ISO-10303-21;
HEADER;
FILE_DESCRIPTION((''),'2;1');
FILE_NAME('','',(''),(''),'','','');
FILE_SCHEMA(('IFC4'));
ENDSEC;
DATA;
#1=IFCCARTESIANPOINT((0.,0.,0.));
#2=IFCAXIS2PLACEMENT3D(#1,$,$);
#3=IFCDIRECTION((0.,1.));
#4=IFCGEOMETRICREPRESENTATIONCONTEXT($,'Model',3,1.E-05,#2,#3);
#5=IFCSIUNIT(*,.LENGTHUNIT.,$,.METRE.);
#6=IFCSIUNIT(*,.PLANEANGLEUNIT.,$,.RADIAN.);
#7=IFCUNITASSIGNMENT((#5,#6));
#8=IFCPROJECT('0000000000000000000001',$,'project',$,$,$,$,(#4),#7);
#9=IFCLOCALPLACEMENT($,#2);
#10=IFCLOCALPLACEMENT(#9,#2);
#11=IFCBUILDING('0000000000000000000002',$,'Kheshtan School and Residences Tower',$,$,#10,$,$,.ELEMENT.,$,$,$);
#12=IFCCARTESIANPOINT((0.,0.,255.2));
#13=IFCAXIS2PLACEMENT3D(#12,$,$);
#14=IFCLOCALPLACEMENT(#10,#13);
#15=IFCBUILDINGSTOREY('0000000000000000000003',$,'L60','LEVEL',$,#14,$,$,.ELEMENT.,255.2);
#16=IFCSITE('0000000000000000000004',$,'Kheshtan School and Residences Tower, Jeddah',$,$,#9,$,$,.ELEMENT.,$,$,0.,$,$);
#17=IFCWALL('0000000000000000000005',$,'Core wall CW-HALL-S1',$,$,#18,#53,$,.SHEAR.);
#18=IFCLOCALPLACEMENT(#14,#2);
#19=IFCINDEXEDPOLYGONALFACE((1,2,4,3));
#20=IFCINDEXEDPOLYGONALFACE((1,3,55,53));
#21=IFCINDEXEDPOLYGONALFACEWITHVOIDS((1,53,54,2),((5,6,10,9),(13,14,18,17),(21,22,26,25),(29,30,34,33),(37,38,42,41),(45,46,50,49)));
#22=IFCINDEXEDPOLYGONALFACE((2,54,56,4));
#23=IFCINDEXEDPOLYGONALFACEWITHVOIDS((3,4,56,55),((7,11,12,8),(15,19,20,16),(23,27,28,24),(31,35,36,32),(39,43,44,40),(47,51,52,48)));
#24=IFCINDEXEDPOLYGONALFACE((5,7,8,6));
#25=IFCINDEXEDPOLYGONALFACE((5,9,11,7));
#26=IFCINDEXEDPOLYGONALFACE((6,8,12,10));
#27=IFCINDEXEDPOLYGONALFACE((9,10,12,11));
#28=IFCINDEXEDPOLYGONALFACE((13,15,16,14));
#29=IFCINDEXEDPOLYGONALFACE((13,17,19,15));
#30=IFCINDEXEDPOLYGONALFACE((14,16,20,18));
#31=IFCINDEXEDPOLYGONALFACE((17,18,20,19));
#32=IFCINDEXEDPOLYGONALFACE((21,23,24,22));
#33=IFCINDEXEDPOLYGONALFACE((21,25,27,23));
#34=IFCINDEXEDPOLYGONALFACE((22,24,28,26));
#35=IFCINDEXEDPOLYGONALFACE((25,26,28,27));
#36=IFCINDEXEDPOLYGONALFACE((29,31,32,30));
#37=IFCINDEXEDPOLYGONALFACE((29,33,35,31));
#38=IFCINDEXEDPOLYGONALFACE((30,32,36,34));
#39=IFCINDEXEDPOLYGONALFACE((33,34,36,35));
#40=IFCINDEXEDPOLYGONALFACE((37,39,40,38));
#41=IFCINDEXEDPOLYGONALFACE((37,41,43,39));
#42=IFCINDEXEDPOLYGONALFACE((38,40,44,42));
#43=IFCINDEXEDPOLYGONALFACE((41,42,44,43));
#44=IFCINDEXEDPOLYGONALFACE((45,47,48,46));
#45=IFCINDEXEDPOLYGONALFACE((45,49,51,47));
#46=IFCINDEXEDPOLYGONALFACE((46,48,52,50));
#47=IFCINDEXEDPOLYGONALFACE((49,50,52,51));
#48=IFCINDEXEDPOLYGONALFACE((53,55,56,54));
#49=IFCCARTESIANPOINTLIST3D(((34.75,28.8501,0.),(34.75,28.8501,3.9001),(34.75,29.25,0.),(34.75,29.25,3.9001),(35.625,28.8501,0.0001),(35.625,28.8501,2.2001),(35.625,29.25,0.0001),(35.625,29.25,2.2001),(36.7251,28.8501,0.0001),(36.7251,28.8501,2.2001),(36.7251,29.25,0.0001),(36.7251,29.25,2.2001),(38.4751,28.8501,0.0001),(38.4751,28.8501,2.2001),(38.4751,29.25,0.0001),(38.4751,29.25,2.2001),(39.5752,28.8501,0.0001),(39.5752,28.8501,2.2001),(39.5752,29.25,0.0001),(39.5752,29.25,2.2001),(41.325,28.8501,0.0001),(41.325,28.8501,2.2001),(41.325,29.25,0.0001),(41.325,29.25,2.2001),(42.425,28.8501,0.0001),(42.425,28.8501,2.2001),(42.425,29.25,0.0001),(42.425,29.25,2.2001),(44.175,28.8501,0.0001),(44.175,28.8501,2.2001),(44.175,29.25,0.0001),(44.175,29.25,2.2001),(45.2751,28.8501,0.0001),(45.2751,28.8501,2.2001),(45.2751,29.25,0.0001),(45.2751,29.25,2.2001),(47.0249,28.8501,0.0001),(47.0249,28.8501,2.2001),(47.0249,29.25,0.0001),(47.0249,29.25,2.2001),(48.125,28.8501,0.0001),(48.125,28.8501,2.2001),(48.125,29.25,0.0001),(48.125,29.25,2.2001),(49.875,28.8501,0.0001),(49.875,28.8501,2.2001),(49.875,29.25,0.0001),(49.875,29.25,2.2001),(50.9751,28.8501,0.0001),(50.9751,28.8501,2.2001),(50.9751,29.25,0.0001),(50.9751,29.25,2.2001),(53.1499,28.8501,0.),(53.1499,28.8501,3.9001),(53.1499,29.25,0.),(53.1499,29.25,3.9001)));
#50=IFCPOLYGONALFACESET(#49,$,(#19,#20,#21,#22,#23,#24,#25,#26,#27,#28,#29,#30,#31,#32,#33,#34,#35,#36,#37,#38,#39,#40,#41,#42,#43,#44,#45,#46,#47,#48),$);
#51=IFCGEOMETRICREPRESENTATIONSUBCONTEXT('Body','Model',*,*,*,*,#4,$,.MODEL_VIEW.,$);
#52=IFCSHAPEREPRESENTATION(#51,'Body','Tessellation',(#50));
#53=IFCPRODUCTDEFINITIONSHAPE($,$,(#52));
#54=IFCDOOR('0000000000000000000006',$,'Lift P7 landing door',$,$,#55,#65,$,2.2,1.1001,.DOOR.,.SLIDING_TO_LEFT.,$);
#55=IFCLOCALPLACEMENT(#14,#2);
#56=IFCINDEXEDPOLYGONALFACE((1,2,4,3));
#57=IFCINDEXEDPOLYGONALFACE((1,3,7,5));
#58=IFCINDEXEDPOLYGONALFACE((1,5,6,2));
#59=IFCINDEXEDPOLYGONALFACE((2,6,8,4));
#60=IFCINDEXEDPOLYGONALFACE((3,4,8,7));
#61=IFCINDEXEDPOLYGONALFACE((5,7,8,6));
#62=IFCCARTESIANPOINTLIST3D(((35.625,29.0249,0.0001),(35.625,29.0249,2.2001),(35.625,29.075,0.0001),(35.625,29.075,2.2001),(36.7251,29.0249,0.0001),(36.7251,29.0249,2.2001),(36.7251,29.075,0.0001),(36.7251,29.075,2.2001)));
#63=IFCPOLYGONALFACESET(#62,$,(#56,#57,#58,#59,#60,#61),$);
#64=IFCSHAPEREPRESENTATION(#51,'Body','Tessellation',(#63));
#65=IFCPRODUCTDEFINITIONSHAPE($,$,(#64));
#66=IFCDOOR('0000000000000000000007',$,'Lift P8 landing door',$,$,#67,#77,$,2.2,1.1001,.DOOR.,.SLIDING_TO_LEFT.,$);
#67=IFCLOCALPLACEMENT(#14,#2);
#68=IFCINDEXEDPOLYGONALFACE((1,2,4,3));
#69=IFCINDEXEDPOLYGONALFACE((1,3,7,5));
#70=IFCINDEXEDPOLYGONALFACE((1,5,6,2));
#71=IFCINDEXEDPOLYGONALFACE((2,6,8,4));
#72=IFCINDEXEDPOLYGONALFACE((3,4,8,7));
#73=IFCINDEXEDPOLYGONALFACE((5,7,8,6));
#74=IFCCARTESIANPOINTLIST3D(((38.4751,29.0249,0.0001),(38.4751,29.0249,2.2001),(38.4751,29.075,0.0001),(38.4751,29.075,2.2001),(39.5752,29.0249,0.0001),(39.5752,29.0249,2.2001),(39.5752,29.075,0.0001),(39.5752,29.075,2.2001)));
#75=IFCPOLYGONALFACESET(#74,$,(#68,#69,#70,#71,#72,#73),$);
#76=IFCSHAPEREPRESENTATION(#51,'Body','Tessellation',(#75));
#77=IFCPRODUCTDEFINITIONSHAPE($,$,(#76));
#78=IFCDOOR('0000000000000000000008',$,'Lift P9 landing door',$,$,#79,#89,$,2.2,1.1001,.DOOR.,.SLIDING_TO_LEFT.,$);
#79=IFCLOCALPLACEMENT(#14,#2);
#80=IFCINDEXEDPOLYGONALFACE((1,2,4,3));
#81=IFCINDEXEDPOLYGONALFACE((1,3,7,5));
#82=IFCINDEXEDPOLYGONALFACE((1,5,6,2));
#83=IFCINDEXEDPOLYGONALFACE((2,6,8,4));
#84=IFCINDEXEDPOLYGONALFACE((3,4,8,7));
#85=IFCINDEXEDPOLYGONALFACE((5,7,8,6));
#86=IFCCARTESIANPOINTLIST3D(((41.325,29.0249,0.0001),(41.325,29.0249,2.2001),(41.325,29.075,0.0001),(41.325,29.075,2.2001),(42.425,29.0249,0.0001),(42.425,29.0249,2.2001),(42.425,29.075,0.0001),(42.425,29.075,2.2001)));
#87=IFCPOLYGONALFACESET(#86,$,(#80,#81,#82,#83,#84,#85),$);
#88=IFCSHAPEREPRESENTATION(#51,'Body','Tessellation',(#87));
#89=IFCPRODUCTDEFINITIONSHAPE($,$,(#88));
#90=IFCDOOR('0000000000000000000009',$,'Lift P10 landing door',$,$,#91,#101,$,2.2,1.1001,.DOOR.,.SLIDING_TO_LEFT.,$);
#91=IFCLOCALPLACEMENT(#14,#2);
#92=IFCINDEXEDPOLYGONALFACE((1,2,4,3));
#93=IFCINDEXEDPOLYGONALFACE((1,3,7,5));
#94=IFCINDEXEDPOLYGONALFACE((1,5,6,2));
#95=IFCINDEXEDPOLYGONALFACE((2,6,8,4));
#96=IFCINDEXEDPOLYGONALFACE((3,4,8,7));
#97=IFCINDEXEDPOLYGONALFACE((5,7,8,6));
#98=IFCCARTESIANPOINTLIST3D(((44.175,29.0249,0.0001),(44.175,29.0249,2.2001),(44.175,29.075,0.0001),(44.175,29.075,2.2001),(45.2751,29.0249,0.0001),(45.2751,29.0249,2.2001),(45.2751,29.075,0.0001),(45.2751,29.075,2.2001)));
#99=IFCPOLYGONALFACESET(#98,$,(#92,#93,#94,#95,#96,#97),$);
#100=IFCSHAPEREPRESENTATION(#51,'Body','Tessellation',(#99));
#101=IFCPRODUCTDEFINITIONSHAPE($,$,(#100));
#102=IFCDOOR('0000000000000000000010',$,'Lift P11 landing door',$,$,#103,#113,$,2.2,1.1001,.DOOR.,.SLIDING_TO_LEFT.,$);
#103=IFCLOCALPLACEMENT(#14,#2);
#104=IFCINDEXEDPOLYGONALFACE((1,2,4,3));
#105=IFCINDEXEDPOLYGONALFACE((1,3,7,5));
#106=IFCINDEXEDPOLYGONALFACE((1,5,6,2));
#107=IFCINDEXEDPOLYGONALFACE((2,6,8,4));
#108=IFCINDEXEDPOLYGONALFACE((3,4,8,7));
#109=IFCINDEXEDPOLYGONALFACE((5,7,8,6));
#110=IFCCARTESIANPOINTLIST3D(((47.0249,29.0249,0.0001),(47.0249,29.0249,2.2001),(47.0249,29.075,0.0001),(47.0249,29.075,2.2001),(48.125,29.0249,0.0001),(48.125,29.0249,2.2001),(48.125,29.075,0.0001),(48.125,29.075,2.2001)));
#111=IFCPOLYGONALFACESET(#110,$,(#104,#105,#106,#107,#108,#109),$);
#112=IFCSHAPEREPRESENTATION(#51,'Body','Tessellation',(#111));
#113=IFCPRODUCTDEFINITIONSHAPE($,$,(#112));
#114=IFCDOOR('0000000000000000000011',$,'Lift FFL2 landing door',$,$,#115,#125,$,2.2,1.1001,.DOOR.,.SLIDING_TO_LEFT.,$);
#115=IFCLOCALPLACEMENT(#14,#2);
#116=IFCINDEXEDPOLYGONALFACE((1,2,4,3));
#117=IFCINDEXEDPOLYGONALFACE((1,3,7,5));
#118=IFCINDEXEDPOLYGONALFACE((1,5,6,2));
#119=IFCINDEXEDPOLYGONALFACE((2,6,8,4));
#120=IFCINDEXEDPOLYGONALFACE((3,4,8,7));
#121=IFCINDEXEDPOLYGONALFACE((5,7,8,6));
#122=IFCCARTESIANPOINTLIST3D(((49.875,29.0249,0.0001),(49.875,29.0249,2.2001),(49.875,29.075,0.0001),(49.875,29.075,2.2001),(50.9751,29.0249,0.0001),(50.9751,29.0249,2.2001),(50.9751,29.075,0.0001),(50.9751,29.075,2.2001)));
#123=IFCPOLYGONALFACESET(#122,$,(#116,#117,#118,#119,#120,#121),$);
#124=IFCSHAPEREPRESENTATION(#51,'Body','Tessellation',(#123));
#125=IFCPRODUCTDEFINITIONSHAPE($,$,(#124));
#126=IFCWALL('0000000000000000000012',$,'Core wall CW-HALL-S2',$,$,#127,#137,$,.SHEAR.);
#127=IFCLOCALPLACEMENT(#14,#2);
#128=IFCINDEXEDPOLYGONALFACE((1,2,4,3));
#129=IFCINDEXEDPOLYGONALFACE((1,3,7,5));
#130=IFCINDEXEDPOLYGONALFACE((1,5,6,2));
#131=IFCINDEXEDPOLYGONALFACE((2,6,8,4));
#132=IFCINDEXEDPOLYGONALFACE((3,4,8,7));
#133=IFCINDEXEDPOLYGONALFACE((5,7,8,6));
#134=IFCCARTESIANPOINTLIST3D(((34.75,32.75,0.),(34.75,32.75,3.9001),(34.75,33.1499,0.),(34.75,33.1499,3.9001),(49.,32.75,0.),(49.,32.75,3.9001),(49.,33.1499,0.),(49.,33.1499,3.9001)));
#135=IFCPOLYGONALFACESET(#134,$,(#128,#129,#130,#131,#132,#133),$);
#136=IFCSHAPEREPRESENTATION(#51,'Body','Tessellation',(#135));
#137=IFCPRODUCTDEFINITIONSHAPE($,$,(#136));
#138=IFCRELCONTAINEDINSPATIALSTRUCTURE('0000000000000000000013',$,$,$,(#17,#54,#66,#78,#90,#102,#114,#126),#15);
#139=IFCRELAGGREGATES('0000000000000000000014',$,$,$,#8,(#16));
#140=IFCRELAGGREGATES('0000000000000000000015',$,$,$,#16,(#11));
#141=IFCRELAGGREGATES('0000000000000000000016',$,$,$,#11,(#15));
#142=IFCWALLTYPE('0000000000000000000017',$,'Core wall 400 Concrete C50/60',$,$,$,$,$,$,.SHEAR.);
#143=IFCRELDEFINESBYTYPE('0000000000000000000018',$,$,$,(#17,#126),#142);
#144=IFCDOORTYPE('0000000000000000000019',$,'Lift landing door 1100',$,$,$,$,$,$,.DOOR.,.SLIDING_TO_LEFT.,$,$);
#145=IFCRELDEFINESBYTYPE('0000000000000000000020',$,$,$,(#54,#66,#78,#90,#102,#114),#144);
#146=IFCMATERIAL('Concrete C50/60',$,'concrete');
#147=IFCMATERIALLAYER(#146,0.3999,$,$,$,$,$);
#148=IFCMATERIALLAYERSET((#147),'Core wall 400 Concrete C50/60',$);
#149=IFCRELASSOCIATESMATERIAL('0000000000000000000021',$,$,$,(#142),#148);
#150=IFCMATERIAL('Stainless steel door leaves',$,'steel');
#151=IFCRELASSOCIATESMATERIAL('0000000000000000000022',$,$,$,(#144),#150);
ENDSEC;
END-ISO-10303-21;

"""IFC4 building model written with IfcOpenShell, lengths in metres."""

from ifc_helpers import new_model, si_unit, direction, frame, frame_2d, origin, place, context, subcontext, project, spatial, rectangle, extrude, source, transform, mapped, material, layer, layer_set, type_object, element, fill, save


model = new_model("IFC4")

# Units and contexts
model_context = context("Model", 3, precision=1e-05, world=origin(), true_north=direction((0.0, 1.0)))
body_context = subcontext(model_context, "Body", "Model", "MODEL_VIEW")
ifc_project = project(units=[si_unit("LENGTHUNIT", "METRE"), si_unit("PLANEANGLEUNIT", "RADIAN")], contexts=[model_context])

# Site, building, storey
site_placement = place(None, origin())
site = spatial("IfcSite", under=ifc_project, at=site_placement, Name="Kheshtan School and Residences Tower, Jeddah", CompositionType="ELEMENT", RefElevation=0.0)
building_placement = place(site_placement, origin())
building = spatial("IfcBuilding", under=site, at=building_placement, Name="Kheshtan School and Residences Tower", CompositionType="ELEMENT")
storey_placement = place(building_placement, frame((0.0, 0.0, 255.2)))
storey = spatial("IfcBuildingStorey", under=building, at=storey_placement, Name="L60", Description="LEVEL", CompositionType="ELEMENT", Elevation=255.2)

# Wall, openings, doors
ifc_material_1 = material(Name="Concrete C50/60", Category="concrete")
ifc_layer_1 = layer(ifc_material_1, 0.3999)
ifc_layer_set_1 = layer_set([ifc_layer_1], Name="Core wall 400 Concrete C50/60")
wall_type_1 = type_object("IfcWallType", Name="Core wall 400 Concrete C50/60", PredefinedType="SHEAR", material=ifc_layer_set_1)
wall_1_placement = place(storey_placement, frame((34.75, 29.05, 0.0), z_axis=(0.0, 0.0, 1.0), x_axis=(1.0, 0.0, 0.0)))
wall_1 = element("IfcWall", 1, at=wall_1_placement, inside=storey, type_object=wall_type_1, Name="Core wall CW-HALL-S1", PredefinedType="SHEAR", context=body_context, shape_type="SweptSolid", body=[
    extrude(rectangle(XDim=18.3999, YDim=0.3999, at=frame_2d((9.2, 0.0))), origin(), (0.0, 0.0, 1.0), 3.9001),
])
opening_1_placement = place(wall_1_placement, frame((0.875, 0.0, 0.0)))
opening_1 = element("IfcOpeningElement", 2, at=opening_1_placement, cuts=wall_1, PredefinedType="OPENING", context=body_context, shape_type="SweptSolid", body=[
    extrude(rectangle(XDim=1.1001, YDim=2.2, at=frame_2d((0.55, 1.1001))), frame((0.0, 0.21, 0.0), z_axis=(0.0, -1.0, 0.0), x_axis=(1.0, 0.0, 0.0)), (0.0, 0.0, 1.0), 0.4199),
])
opening_2_placement = place(wall_1_placement, frame((3.7251, 0.0, 0.0)))
opening_2 = element("IfcOpeningElement", 3, at=opening_2_placement, cuts=wall_1, PredefinedType="OPENING", context=body_context, shape_type="SweptSolid", body=[
    extrude(rectangle(XDim=1.1001, YDim=2.2, at=frame_2d((0.55, 1.1001))), frame((0.0, 0.21, 0.0), z_axis=(0.0, -1.0, 0.0), x_axis=(1.0, 0.0, 0.0)), (0.0, 0.0, 1.0), 0.4199),
])
opening_3_placement = place(wall_1_placement, frame((6.575, 0.0, 0.0)))
opening_3 = element("IfcOpeningElement", 4, at=opening_3_placement, cuts=wall_1, PredefinedType="OPENING", context=body_context, shape_type="SweptSolid", body=[
    extrude(rectangle(XDim=1.1001, YDim=2.2, at=frame_2d((0.55, 1.1001))), frame((0.0, 0.21, 0.0), z_axis=(0.0, -1.0, 0.0), x_axis=(1.0, 0.0, 0.0)), (0.0, 0.0, 1.0), 0.4199),
])
opening_4_placement = place(wall_1_placement, frame((9.425, 0.0, 0.0)))
opening_4 = element("IfcOpeningElement", 5, at=opening_4_placement, cuts=wall_1, PredefinedType="OPENING", context=body_context, shape_type="SweptSolid", body=[
    extrude(rectangle(XDim=1.1001, YDim=2.2, at=frame_2d((0.55, 1.1001))), frame((0.0, 0.21, 0.0), z_axis=(0.0, -1.0, 0.0), x_axis=(1.0, 0.0, 0.0)), (0.0, 0.0, 1.0), 0.4199),
])
opening_5_placement = place(wall_1_placement, frame((12.2749, 0.0, 0.0)))
opening_5 = element("IfcOpeningElement", 6, at=opening_5_placement, cuts=wall_1, PredefinedType="OPENING", context=body_context, shape_type="SweptSolid", body=[
    extrude(rectangle(XDim=1.1001, YDim=2.2, at=frame_2d((0.55, 1.1001))), frame((0.0, 0.21, 0.0), z_axis=(0.0, -1.0, 0.0), x_axis=(1.0, 0.0, 0.0)), (0.0, 0.0, 1.0), 0.4199),
])
opening_6_placement = place(wall_1_placement, frame((15.125, 0.0, 0.0)))
opening_6 = element("IfcOpeningElement", 7, at=opening_6_placement, cuts=wall_1, PredefinedType="OPENING", context=body_context, shape_type="SweptSolid", body=[
    extrude(rectangle(XDim=1.1001, YDim=2.2, at=frame_2d((0.55, 1.1001))), frame((0.0, 0.21, 0.0), z_axis=(0.0, -1.0, 0.0), x_axis=(1.0, 0.0, 0.0)), (0.0, 0.0, 1.0), 0.4199),
])
ifc_material_2 = material(Name="Stainless steel door leaves", Category="steel")
door_type_1 = type_object("IfcDoorType", Name="Lift landing door 1100", OperationType="SLIDING_TO_LEFT", PredefinedType="DOOR", material=ifc_material_2)
shared_shape_1 = source(origin(), body_context, "Body", "SweptSolid", [
    extrude(rectangle(XDim=1.1001, YDim=2.2, at=frame_2d((0.55, 1.1001))), frame((0.0, 0.0249, 0.0), z_axis=(0.0, -1.0, 0.0), x_axis=(1.0, 0.0, 0.0)), (0.0, 0.0, 1.0), 0.05),
])
door_1_placement = place(opening_1_placement, origin())
door_1 = element("IfcDoor", 8, at=door_1_placement, inside=storey, type_object=door_type_1, Name="Lift P7 landing door", OperationType="SLIDING_TO_LEFT", OverallHeight=2.2, OverallWidth=1.1001, PredefinedType="DOOR", context=body_context, shape_type="MappedRepresentation", body=[
    mapped(shared_shape_1, transform((0.0, 0.0, 0.0), x_axis=(1.0, 0.0, 0.0), y_axis=(0.0, 1.0, 0.0), z_axis=(0.0, 0.0, 1.0), scale=1.0)),
])
fill(opening_1, door_1)
door_2_placement = place(opening_2_placement, origin())
door_2 = element("IfcDoor", 9, at=door_2_placement, inside=storey, type_object=door_type_1, Name="Lift P8 landing door", OperationType="SLIDING_TO_LEFT", OverallHeight=2.2, OverallWidth=1.1001, PredefinedType="DOOR", context=body_context, shape_type="MappedRepresentation", body=[
    mapped(shared_shape_1, transform((0.0, 0.0, 0.0), x_axis=(1.0, 0.0, 0.0), y_axis=(0.0, 1.0, 0.0), z_axis=(0.0, 0.0, 1.0), scale=1.0)),
])
fill(opening_2, door_2)
door_3_placement = place(opening_3_placement, origin())
door_3 = element("IfcDoor", 10, at=door_3_placement, inside=storey, type_object=door_type_1, Name="Lift P9 landing door", OperationType="SLIDING_TO_LEFT", OverallHeight=2.2, OverallWidth=1.1001, PredefinedType="DOOR", context=body_context, shape_type="MappedRepresentation", body=[
    mapped(shared_shape_1, transform((0.0, 0.0, 0.0), x_axis=(1.0, 0.0, 0.0), y_axis=(0.0, 1.0, 0.0), z_axis=(0.0, 0.0, 1.0), scale=1.0)),
])
fill(opening_3, door_3)
door_4_placement = place(opening_4_placement, origin())
door_4 = element("IfcDoor", 11, at=door_4_placement, inside=storey, type_object=door_type_1, Name="Lift P10 landing door", OperationType="SLIDING_TO_LEFT", OverallHeight=2.2, OverallWidth=1.1001, PredefinedType="DOOR", context=body_context, shape_type="MappedRepresentation", body=[
    mapped(shared_shape_1, transform((0.0, 0.0, 0.0), x_axis=(1.0, 0.0, 0.0), y_axis=(0.0, 1.0, 0.0), z_axis=(0.0, 0.0, 1.0), scale=1.0)),
])
fill(opening_4, door_4)
door_5_placement = place(opening_5_placement, origin())
door_5 = element("IfcDoor", 12, at=door_5_placement, inside=storey, type_object=door_type_1, Name="Lift P11 landing door", OperationType="SLIDING_TO_LEFT", OverallHeight=2.2, OverallWidth=1.1001, PredefinedType="DOOR", context=body_context, shape_type="MappedRepresentation", body=[
    mapped(shared_shape_1, transform((0.0, 0.0, 0.0), x_axis=(1.0, 0.0, 0.0), y_axis=(0.0, 1.0, 0.0), z_axis=(0.0, 0.0, 1.0), scale=1.0)),
])
fill(opening_5, door_5)
door_6_placement = place(opening_6_placement, origin())
door_6 = element("IfcDoor", 13, at=door_6_placement, inside=storey, type_object=door_type_1, Name="Lift FFL2 landing door", OperationType="SLIDING_TO_LEFT", OverallHeight=2.2, OverallWidth=1.1001, PredefinedType="DOOR", context=body_context, shape_type="MappedRepresentation", body=[
    mapped(shared_shape_1, transform((0.0, 0.0, 0.0), x_axis=(1.0, 0.0, 0.0), y_axis=(0.0, 1.0, 0.0), z_axis=(0.0, 0.0, 1.0), scale=1.0)),
])
fill(opening_6, door_6)

# Wall
wall_2_placement = place(storey_placement, frame((34.75, 32.95, 0.0), z_axis=(0.0, 0.0, 1.0), x_axis=(1.0, 0.0, 0.0)))
element("IfcWall", 14, at=wall_2_placement, inside=storey, type_object=wall_type_1, Name="Core wall CW-HALL-S2", PredefinedType="SHEAR", context=body_context, shape_type="SweptSolid", body=[
    extrude(rectangle(XDim=14.25, YDim=0.3999, at=frame_2d((7.125, 0.0))), origin(), (0.0, 0.0, 1.0), 3.9001),
])

save(model, "model.ifc")
